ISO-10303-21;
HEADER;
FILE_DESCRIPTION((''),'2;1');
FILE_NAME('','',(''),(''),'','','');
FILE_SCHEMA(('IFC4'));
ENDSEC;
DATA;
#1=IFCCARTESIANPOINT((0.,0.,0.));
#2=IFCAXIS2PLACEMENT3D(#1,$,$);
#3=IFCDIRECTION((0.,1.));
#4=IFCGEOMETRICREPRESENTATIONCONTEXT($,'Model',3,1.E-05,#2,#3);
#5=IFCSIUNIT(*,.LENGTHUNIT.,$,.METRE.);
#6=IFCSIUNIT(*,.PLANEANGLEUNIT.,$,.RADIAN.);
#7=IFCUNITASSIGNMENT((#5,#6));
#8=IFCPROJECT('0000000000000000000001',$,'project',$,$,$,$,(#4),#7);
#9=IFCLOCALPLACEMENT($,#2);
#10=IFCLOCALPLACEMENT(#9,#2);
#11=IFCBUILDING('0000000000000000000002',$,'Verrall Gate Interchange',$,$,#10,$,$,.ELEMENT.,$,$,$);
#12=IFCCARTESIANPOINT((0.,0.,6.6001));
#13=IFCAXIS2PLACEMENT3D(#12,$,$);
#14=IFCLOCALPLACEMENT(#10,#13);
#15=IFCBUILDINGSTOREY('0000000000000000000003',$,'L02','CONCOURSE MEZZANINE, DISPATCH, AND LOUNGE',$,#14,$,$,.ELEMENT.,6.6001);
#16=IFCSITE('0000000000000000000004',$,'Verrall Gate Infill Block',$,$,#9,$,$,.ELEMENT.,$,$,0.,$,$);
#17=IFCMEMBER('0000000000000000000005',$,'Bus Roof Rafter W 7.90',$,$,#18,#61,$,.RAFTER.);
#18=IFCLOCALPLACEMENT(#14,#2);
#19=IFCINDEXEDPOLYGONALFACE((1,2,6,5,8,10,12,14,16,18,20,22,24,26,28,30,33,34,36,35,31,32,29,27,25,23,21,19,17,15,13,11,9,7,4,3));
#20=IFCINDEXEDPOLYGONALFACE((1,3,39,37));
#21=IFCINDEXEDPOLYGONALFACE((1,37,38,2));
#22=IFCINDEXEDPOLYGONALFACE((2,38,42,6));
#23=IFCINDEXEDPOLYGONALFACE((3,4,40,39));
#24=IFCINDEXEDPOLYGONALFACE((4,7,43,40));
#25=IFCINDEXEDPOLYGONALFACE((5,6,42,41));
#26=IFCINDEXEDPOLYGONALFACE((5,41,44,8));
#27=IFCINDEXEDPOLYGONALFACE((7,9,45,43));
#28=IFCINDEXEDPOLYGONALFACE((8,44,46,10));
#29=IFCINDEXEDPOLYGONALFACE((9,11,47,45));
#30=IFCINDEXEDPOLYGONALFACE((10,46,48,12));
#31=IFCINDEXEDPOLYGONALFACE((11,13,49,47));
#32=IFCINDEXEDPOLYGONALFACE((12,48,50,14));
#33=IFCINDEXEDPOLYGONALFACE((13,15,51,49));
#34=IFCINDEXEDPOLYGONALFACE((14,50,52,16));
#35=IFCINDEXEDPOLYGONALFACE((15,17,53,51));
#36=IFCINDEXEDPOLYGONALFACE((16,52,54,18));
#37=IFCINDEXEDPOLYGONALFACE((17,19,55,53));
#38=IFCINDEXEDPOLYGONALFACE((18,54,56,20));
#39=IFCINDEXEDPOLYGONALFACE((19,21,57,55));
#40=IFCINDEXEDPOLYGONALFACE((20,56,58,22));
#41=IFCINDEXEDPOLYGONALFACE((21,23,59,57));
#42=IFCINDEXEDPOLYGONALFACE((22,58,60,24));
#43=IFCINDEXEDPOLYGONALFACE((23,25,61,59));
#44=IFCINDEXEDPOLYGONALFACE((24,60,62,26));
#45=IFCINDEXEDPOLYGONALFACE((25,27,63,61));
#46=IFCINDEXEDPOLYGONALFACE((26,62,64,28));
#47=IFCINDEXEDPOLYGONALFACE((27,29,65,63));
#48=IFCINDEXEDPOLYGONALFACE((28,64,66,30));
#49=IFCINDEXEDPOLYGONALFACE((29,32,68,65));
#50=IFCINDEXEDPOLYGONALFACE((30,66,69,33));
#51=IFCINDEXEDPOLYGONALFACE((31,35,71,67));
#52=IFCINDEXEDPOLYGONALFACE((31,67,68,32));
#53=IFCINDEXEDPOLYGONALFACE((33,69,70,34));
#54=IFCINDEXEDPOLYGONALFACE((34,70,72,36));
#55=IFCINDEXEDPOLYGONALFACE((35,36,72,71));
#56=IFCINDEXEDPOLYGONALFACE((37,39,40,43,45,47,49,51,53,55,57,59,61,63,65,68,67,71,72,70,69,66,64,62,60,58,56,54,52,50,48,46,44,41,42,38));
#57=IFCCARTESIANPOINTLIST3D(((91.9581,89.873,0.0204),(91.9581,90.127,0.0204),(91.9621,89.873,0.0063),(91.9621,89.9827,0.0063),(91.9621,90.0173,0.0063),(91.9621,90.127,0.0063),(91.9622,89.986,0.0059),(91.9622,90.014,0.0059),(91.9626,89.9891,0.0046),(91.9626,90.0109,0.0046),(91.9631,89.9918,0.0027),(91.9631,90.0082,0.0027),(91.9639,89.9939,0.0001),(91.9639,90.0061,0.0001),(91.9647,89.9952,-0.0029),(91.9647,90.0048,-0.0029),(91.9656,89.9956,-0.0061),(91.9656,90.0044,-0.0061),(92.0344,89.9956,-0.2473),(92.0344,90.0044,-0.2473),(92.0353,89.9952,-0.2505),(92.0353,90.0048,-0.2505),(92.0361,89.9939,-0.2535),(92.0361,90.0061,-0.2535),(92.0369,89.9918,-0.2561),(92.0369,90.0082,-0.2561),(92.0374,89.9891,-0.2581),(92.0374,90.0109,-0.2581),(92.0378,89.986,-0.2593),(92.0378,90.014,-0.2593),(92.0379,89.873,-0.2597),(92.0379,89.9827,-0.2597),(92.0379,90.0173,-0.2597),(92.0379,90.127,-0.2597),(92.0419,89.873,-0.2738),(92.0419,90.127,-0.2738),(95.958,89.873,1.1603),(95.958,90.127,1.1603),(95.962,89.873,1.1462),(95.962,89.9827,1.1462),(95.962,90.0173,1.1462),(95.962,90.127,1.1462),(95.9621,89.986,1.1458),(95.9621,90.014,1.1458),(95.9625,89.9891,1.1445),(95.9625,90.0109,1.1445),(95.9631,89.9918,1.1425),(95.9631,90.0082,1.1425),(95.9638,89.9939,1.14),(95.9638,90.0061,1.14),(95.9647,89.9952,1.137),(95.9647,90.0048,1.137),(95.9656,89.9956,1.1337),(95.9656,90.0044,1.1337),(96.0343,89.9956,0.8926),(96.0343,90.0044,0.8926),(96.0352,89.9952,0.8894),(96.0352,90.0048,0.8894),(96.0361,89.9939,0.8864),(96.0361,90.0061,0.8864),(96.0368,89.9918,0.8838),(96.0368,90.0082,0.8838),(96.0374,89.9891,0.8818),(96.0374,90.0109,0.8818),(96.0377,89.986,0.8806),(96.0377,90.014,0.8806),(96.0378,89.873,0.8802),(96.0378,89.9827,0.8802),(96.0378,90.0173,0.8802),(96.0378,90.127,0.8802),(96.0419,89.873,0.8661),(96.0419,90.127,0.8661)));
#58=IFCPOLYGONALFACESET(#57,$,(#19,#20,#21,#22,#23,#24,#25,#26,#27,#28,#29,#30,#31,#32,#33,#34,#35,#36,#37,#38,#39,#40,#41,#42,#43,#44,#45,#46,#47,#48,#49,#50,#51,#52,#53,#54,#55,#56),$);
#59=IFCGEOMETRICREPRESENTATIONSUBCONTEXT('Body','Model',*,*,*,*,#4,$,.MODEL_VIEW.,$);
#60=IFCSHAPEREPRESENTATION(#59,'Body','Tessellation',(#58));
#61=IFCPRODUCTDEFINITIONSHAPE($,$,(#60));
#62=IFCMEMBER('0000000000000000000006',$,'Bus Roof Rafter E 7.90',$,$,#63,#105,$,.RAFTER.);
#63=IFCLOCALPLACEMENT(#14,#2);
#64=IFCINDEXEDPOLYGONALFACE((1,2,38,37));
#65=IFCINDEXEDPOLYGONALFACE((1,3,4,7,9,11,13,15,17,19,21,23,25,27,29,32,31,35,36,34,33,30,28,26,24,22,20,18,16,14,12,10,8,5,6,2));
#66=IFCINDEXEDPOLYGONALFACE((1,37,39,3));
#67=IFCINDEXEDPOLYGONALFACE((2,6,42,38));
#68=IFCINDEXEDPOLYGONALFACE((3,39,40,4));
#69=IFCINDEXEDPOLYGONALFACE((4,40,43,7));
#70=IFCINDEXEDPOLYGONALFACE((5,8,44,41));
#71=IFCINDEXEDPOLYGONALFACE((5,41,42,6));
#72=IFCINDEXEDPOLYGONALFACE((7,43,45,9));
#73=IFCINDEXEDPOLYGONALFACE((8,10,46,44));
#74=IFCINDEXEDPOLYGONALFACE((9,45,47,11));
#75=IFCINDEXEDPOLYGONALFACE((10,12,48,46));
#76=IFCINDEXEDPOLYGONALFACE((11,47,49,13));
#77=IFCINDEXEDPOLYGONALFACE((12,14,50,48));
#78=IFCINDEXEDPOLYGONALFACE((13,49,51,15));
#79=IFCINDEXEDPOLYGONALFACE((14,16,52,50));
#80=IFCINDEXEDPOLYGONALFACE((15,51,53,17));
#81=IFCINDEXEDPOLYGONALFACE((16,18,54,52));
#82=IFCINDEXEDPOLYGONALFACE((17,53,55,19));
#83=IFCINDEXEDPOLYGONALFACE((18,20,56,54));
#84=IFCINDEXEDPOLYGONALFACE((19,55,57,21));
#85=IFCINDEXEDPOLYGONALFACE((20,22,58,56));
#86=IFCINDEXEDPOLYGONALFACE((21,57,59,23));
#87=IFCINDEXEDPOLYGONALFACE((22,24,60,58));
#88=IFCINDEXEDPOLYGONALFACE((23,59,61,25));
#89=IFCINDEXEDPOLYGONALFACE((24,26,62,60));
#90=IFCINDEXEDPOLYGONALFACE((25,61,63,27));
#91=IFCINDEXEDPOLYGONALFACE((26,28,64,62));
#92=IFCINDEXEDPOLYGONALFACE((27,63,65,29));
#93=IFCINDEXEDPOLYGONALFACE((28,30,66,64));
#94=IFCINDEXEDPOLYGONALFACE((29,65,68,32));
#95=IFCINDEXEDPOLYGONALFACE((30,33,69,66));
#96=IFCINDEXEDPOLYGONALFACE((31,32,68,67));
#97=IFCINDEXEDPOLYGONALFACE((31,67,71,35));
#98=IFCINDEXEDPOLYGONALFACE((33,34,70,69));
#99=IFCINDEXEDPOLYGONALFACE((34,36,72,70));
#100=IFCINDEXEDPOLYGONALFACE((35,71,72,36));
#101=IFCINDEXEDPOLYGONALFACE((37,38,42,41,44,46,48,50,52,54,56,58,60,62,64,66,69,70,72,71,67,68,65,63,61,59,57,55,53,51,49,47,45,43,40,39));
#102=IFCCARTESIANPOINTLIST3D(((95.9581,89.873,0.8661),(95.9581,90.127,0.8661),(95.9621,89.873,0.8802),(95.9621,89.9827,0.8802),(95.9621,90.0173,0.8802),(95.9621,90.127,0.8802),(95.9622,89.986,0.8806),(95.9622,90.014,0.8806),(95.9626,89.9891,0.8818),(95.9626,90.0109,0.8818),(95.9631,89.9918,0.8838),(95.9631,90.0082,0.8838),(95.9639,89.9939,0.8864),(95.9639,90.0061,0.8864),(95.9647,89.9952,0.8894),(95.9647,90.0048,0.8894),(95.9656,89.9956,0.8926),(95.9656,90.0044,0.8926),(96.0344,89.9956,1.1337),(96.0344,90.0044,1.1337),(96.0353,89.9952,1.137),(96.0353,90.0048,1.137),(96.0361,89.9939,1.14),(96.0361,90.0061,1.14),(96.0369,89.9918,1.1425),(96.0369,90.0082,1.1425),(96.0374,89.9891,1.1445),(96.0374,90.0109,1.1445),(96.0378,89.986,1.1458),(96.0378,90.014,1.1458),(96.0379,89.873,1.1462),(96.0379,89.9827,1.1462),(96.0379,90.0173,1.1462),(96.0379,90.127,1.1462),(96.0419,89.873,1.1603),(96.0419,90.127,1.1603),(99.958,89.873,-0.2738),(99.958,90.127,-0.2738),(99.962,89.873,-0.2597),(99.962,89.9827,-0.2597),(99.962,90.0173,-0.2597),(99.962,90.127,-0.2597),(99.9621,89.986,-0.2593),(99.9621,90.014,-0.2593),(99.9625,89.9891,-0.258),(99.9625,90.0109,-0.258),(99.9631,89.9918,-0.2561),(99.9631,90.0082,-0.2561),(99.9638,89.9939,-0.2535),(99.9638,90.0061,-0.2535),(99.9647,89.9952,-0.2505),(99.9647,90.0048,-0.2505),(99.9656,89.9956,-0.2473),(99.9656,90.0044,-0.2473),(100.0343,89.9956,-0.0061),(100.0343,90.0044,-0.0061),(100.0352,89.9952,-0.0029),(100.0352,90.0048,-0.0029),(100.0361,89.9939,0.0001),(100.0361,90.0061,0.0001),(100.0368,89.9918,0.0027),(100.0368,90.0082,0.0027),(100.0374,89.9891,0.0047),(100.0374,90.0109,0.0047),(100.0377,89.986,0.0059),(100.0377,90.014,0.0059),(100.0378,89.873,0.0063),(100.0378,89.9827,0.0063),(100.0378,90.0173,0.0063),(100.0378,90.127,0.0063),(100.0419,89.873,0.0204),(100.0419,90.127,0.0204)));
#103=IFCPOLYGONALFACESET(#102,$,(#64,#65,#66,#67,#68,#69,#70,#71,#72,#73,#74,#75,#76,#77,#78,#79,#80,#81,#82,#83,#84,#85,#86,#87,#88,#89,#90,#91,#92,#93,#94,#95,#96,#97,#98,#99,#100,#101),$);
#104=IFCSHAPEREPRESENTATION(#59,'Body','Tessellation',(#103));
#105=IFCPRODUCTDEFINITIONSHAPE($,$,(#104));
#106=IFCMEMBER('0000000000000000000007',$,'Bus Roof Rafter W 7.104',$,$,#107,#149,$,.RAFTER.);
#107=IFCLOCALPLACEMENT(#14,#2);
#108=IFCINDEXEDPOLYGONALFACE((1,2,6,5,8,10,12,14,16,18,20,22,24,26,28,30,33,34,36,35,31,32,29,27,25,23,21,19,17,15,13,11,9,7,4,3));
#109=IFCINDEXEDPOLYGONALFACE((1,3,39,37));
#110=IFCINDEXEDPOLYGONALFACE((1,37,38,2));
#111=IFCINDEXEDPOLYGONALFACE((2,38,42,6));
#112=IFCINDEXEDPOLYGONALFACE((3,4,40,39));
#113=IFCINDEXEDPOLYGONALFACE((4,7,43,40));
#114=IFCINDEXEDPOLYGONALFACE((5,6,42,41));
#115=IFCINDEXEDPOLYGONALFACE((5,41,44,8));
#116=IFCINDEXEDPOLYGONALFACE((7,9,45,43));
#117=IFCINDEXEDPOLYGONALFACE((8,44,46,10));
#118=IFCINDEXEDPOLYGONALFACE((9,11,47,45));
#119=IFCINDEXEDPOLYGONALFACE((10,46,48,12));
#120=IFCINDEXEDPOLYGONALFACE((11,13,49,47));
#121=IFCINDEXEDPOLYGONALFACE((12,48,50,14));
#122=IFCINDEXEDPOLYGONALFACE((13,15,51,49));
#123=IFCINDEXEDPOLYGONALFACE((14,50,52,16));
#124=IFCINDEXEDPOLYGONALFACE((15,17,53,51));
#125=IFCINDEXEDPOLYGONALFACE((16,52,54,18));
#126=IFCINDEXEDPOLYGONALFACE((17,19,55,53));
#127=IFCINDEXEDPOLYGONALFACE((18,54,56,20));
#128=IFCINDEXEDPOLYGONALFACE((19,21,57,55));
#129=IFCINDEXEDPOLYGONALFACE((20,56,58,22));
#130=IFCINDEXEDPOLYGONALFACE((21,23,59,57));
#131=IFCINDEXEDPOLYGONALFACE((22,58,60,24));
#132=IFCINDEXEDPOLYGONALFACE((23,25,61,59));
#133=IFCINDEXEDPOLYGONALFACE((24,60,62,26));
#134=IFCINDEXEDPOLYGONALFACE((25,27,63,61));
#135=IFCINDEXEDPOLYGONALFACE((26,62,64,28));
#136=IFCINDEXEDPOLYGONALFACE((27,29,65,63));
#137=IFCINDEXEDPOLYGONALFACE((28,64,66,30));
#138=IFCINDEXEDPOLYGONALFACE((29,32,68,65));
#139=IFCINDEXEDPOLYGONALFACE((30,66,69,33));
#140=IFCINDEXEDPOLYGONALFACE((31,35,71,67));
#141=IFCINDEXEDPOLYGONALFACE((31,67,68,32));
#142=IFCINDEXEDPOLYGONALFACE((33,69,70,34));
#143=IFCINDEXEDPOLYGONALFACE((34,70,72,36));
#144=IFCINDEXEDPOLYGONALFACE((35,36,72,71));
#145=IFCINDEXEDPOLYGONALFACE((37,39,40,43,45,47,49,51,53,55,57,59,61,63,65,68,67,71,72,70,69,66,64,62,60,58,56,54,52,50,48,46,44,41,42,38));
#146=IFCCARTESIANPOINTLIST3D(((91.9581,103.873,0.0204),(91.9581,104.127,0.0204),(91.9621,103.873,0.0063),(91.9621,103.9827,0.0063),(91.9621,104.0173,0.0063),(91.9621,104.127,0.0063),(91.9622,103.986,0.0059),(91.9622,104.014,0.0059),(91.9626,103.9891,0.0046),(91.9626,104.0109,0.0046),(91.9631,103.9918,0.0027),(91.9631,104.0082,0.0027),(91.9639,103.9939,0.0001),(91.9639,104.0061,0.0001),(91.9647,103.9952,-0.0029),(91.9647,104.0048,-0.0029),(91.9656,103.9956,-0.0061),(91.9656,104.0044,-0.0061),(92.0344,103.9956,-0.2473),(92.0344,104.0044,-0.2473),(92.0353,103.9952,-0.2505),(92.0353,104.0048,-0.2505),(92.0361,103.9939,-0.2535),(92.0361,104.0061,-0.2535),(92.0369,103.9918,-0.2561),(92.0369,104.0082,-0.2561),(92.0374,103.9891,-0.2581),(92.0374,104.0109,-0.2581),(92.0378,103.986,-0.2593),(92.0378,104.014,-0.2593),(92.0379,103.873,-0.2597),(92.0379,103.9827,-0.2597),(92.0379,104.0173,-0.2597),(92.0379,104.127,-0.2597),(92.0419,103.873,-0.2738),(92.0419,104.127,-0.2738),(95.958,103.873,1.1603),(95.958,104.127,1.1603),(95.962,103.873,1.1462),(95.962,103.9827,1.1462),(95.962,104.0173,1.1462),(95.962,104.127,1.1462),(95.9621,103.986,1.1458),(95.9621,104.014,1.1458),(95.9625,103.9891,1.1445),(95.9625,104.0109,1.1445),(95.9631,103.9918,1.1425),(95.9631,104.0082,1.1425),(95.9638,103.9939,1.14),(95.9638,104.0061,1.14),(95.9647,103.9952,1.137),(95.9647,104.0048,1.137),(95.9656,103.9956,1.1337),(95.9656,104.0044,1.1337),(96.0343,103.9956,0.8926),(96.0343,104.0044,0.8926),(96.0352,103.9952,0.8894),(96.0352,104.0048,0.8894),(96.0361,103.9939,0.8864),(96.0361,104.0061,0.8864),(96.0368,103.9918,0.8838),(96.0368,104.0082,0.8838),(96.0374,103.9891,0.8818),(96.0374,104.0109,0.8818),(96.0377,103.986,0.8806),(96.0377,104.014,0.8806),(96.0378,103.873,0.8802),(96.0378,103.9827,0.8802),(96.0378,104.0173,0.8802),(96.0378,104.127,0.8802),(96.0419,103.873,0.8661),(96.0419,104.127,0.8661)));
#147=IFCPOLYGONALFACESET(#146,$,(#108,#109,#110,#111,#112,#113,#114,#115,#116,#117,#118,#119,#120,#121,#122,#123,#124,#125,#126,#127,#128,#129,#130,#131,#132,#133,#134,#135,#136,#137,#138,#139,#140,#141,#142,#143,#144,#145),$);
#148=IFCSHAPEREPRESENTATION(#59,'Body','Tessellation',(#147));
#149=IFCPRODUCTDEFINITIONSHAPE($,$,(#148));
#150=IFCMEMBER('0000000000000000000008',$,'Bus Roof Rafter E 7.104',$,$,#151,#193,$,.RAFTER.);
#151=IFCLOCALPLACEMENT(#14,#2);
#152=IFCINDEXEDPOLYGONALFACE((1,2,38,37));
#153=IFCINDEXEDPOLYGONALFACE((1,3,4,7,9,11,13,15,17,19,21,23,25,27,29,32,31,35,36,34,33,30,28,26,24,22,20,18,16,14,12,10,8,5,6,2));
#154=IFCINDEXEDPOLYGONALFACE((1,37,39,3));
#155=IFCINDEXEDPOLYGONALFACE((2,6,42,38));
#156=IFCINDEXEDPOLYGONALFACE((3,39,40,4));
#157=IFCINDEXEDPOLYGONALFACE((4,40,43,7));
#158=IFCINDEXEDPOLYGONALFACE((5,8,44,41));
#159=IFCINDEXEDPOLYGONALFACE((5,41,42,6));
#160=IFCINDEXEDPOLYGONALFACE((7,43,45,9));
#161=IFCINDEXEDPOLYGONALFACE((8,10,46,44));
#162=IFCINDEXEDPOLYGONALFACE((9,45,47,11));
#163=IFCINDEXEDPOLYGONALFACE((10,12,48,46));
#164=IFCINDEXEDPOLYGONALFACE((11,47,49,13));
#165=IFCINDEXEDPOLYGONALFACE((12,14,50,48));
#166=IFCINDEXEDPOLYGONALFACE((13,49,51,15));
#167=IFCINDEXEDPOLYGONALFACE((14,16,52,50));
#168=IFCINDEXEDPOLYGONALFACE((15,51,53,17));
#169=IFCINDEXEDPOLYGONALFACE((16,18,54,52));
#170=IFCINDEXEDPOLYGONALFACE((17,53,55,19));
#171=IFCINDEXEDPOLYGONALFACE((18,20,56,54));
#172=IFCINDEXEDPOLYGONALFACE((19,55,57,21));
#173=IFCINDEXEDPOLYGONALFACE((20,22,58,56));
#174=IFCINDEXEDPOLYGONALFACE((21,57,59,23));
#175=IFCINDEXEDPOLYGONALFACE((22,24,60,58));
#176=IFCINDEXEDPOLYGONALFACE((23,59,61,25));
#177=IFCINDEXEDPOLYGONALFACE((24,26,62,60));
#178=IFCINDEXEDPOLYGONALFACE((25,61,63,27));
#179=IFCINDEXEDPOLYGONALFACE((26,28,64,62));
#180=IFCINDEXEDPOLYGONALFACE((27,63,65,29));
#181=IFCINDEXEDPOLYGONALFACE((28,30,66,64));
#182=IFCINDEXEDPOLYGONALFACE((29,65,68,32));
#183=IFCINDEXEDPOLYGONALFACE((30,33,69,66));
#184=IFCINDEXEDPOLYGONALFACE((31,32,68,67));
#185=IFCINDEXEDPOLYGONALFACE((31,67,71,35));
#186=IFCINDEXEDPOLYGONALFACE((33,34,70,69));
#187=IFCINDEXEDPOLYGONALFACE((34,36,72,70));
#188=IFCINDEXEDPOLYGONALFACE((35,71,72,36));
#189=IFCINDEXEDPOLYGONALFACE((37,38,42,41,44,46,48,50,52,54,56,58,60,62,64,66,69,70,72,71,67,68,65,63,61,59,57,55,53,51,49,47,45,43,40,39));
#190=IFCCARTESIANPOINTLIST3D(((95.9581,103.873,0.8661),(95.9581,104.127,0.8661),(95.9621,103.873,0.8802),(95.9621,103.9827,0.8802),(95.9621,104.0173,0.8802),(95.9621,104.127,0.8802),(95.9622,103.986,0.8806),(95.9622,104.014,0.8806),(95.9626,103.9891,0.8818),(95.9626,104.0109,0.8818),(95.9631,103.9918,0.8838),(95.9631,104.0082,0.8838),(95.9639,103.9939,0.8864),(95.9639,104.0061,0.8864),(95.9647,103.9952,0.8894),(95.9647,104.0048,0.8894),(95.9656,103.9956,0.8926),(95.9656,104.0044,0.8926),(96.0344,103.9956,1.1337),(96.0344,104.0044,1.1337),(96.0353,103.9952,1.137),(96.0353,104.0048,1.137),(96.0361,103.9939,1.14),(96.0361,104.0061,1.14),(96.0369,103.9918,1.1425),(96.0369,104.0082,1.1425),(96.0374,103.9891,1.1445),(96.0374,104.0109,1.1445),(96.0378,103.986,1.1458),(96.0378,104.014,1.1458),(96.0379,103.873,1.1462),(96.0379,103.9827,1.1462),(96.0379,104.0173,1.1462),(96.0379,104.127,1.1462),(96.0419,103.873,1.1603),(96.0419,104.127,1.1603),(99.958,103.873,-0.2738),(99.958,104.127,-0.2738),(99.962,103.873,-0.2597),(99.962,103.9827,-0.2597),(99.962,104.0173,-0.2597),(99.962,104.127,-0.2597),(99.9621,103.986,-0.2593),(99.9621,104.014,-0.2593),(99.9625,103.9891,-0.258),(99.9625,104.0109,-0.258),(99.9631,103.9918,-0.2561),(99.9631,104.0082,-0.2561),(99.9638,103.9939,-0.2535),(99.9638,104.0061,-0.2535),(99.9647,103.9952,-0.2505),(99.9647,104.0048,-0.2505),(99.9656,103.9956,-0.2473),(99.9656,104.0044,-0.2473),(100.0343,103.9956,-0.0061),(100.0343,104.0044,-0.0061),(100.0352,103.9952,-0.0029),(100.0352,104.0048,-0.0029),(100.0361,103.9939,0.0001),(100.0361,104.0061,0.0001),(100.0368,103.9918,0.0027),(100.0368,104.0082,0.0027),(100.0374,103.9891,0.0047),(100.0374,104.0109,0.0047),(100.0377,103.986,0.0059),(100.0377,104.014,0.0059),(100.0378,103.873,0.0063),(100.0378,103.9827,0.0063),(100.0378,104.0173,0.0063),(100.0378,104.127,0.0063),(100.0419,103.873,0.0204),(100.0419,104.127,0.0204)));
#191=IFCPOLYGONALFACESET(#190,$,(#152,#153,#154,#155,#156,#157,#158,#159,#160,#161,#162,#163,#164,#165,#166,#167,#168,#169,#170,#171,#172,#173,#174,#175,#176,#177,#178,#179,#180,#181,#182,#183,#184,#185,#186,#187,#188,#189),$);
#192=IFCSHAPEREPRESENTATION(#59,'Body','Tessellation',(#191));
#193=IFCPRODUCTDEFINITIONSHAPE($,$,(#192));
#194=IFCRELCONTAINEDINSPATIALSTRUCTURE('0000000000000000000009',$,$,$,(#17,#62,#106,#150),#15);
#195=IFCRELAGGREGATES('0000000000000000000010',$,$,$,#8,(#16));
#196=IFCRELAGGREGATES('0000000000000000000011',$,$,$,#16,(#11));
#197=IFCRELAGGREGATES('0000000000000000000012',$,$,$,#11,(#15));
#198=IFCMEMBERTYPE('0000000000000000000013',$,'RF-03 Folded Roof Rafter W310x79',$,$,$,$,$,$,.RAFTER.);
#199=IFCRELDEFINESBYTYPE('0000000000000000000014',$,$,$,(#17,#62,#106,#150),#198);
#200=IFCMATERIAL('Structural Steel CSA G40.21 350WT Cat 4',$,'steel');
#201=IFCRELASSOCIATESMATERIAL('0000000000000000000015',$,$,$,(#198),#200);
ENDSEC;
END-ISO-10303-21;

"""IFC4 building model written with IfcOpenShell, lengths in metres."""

from ifc_helpers import new_model, si_unit, direction, frame, origin, origin_2d, place, context, subcontext, project, spatial, i_section, extrude, material, material_profile, profile_set, type_object, element, save


model = new_model("IFC4")

# Units and contexts
model_context = context("Model", 3, precision=1e-05, world=origin(), true_north=direction((0.0, 1.0)))
body_context = subcontext(model_context, "Body", "Model", "MODEL_VIEW")
ifc_project = project(units=[si_unit("LENGTHUNIT", "METRE"), si_unit("PLANEANGLEUNIT", "RADIAN")], contexts=[model_context])

# Site, building, storey
site_placement = place(None, origin())
site = spatial("IfcSite", under=ifc_project, at=site_placement, Name="Verrall Gate Infill Block", CompositionType="ELEMENT", RefElevation=0.0)
building_placement = place(site_placement, origin())
building = spatial("IfcBuilding", under=site, at=building_placement, Name="Verrall Gate Interchange", CompositionType="ELEMENT")
storey_placement = place(building_placement, frame((0.0, 0.0, 6.6001)))
storey = spatial("IfcBuildingStorey", under=building, at=storey_placement, Name="L02", Description="CONCOURSE MEZZANINE, DISPATCH, AND LOUNGE", CompositionType="ELEMENT", Elevation=6.6001)

# Members
ifc_material_1 = material(Name="Structural Steel CSA G40.21 350WT Cat 4", Category="steel")
ifc_material_profile_1 = material_profile(ifc_material_1, i_section(OverallWidth=0.2539, OverallDepth=0.3059, WebThickness=0.0088, FlangeThickness=0.0146, FilletRadius=0.0129, at=origin_2d()), Name="W310x79")
ifc_profile_set_1 = profile_set([ifc_material_profile_1], Name="Structural Steel CSA G40.21 350WT Cat 4")
member_type_1 = type_object("IfcMemberType", Name="RF-03 Folded Roof Rafter W310x79", PredefinedType="RAFTER", material=ifc_profile_set_1)
for number, where, z_axis, x_axis, name in (
    (1, (92.0, 90.0, -0.1267), (0.961712, 0.0, 0.274062), (0.0, 1.0, 0.0), "Bus Roof Rafter W 7.90"),
    (2, (96.0, 90.0, 1.0132), (0.961712, 0.0, -0.274062), (0.0, 1.0, 0.0), "Bus Roof Rafter E 7.90"),
    (3, (92.0, 104.0, -0.1267), (0.961712, 0.0, 0.274062), (0.0, 1.0, 0.0), "Bus Roof Rafter W 7.104"),
    (4, (96.0, 104.0, 1.0132), (0.961712, 0.0, -0.274062), (0.0, 1.0, 0.0), "Bus Roof Rafter E 7.104"),
):
    element("IfcMember", number, at=place(storey_placement, frame(where, z_axis=z_axis, x_axis=x_axis)), inside=storey, type_object=member_type_1, Name=name, PredefinedType="RAFTER", context=body_context, shape_type="SweptSolid", body=[
        extrude(i_section(OverallWidth=0.2539, OverallDepth=0.3059, WebThickness=0.0088, FlangeThickness=0.0146, FilletRadius=0.0129, at=origin_2d()), origin(), (0.0, 0.0, 1.0), 4.1592),
    ])

save(model, "model.ifc")
